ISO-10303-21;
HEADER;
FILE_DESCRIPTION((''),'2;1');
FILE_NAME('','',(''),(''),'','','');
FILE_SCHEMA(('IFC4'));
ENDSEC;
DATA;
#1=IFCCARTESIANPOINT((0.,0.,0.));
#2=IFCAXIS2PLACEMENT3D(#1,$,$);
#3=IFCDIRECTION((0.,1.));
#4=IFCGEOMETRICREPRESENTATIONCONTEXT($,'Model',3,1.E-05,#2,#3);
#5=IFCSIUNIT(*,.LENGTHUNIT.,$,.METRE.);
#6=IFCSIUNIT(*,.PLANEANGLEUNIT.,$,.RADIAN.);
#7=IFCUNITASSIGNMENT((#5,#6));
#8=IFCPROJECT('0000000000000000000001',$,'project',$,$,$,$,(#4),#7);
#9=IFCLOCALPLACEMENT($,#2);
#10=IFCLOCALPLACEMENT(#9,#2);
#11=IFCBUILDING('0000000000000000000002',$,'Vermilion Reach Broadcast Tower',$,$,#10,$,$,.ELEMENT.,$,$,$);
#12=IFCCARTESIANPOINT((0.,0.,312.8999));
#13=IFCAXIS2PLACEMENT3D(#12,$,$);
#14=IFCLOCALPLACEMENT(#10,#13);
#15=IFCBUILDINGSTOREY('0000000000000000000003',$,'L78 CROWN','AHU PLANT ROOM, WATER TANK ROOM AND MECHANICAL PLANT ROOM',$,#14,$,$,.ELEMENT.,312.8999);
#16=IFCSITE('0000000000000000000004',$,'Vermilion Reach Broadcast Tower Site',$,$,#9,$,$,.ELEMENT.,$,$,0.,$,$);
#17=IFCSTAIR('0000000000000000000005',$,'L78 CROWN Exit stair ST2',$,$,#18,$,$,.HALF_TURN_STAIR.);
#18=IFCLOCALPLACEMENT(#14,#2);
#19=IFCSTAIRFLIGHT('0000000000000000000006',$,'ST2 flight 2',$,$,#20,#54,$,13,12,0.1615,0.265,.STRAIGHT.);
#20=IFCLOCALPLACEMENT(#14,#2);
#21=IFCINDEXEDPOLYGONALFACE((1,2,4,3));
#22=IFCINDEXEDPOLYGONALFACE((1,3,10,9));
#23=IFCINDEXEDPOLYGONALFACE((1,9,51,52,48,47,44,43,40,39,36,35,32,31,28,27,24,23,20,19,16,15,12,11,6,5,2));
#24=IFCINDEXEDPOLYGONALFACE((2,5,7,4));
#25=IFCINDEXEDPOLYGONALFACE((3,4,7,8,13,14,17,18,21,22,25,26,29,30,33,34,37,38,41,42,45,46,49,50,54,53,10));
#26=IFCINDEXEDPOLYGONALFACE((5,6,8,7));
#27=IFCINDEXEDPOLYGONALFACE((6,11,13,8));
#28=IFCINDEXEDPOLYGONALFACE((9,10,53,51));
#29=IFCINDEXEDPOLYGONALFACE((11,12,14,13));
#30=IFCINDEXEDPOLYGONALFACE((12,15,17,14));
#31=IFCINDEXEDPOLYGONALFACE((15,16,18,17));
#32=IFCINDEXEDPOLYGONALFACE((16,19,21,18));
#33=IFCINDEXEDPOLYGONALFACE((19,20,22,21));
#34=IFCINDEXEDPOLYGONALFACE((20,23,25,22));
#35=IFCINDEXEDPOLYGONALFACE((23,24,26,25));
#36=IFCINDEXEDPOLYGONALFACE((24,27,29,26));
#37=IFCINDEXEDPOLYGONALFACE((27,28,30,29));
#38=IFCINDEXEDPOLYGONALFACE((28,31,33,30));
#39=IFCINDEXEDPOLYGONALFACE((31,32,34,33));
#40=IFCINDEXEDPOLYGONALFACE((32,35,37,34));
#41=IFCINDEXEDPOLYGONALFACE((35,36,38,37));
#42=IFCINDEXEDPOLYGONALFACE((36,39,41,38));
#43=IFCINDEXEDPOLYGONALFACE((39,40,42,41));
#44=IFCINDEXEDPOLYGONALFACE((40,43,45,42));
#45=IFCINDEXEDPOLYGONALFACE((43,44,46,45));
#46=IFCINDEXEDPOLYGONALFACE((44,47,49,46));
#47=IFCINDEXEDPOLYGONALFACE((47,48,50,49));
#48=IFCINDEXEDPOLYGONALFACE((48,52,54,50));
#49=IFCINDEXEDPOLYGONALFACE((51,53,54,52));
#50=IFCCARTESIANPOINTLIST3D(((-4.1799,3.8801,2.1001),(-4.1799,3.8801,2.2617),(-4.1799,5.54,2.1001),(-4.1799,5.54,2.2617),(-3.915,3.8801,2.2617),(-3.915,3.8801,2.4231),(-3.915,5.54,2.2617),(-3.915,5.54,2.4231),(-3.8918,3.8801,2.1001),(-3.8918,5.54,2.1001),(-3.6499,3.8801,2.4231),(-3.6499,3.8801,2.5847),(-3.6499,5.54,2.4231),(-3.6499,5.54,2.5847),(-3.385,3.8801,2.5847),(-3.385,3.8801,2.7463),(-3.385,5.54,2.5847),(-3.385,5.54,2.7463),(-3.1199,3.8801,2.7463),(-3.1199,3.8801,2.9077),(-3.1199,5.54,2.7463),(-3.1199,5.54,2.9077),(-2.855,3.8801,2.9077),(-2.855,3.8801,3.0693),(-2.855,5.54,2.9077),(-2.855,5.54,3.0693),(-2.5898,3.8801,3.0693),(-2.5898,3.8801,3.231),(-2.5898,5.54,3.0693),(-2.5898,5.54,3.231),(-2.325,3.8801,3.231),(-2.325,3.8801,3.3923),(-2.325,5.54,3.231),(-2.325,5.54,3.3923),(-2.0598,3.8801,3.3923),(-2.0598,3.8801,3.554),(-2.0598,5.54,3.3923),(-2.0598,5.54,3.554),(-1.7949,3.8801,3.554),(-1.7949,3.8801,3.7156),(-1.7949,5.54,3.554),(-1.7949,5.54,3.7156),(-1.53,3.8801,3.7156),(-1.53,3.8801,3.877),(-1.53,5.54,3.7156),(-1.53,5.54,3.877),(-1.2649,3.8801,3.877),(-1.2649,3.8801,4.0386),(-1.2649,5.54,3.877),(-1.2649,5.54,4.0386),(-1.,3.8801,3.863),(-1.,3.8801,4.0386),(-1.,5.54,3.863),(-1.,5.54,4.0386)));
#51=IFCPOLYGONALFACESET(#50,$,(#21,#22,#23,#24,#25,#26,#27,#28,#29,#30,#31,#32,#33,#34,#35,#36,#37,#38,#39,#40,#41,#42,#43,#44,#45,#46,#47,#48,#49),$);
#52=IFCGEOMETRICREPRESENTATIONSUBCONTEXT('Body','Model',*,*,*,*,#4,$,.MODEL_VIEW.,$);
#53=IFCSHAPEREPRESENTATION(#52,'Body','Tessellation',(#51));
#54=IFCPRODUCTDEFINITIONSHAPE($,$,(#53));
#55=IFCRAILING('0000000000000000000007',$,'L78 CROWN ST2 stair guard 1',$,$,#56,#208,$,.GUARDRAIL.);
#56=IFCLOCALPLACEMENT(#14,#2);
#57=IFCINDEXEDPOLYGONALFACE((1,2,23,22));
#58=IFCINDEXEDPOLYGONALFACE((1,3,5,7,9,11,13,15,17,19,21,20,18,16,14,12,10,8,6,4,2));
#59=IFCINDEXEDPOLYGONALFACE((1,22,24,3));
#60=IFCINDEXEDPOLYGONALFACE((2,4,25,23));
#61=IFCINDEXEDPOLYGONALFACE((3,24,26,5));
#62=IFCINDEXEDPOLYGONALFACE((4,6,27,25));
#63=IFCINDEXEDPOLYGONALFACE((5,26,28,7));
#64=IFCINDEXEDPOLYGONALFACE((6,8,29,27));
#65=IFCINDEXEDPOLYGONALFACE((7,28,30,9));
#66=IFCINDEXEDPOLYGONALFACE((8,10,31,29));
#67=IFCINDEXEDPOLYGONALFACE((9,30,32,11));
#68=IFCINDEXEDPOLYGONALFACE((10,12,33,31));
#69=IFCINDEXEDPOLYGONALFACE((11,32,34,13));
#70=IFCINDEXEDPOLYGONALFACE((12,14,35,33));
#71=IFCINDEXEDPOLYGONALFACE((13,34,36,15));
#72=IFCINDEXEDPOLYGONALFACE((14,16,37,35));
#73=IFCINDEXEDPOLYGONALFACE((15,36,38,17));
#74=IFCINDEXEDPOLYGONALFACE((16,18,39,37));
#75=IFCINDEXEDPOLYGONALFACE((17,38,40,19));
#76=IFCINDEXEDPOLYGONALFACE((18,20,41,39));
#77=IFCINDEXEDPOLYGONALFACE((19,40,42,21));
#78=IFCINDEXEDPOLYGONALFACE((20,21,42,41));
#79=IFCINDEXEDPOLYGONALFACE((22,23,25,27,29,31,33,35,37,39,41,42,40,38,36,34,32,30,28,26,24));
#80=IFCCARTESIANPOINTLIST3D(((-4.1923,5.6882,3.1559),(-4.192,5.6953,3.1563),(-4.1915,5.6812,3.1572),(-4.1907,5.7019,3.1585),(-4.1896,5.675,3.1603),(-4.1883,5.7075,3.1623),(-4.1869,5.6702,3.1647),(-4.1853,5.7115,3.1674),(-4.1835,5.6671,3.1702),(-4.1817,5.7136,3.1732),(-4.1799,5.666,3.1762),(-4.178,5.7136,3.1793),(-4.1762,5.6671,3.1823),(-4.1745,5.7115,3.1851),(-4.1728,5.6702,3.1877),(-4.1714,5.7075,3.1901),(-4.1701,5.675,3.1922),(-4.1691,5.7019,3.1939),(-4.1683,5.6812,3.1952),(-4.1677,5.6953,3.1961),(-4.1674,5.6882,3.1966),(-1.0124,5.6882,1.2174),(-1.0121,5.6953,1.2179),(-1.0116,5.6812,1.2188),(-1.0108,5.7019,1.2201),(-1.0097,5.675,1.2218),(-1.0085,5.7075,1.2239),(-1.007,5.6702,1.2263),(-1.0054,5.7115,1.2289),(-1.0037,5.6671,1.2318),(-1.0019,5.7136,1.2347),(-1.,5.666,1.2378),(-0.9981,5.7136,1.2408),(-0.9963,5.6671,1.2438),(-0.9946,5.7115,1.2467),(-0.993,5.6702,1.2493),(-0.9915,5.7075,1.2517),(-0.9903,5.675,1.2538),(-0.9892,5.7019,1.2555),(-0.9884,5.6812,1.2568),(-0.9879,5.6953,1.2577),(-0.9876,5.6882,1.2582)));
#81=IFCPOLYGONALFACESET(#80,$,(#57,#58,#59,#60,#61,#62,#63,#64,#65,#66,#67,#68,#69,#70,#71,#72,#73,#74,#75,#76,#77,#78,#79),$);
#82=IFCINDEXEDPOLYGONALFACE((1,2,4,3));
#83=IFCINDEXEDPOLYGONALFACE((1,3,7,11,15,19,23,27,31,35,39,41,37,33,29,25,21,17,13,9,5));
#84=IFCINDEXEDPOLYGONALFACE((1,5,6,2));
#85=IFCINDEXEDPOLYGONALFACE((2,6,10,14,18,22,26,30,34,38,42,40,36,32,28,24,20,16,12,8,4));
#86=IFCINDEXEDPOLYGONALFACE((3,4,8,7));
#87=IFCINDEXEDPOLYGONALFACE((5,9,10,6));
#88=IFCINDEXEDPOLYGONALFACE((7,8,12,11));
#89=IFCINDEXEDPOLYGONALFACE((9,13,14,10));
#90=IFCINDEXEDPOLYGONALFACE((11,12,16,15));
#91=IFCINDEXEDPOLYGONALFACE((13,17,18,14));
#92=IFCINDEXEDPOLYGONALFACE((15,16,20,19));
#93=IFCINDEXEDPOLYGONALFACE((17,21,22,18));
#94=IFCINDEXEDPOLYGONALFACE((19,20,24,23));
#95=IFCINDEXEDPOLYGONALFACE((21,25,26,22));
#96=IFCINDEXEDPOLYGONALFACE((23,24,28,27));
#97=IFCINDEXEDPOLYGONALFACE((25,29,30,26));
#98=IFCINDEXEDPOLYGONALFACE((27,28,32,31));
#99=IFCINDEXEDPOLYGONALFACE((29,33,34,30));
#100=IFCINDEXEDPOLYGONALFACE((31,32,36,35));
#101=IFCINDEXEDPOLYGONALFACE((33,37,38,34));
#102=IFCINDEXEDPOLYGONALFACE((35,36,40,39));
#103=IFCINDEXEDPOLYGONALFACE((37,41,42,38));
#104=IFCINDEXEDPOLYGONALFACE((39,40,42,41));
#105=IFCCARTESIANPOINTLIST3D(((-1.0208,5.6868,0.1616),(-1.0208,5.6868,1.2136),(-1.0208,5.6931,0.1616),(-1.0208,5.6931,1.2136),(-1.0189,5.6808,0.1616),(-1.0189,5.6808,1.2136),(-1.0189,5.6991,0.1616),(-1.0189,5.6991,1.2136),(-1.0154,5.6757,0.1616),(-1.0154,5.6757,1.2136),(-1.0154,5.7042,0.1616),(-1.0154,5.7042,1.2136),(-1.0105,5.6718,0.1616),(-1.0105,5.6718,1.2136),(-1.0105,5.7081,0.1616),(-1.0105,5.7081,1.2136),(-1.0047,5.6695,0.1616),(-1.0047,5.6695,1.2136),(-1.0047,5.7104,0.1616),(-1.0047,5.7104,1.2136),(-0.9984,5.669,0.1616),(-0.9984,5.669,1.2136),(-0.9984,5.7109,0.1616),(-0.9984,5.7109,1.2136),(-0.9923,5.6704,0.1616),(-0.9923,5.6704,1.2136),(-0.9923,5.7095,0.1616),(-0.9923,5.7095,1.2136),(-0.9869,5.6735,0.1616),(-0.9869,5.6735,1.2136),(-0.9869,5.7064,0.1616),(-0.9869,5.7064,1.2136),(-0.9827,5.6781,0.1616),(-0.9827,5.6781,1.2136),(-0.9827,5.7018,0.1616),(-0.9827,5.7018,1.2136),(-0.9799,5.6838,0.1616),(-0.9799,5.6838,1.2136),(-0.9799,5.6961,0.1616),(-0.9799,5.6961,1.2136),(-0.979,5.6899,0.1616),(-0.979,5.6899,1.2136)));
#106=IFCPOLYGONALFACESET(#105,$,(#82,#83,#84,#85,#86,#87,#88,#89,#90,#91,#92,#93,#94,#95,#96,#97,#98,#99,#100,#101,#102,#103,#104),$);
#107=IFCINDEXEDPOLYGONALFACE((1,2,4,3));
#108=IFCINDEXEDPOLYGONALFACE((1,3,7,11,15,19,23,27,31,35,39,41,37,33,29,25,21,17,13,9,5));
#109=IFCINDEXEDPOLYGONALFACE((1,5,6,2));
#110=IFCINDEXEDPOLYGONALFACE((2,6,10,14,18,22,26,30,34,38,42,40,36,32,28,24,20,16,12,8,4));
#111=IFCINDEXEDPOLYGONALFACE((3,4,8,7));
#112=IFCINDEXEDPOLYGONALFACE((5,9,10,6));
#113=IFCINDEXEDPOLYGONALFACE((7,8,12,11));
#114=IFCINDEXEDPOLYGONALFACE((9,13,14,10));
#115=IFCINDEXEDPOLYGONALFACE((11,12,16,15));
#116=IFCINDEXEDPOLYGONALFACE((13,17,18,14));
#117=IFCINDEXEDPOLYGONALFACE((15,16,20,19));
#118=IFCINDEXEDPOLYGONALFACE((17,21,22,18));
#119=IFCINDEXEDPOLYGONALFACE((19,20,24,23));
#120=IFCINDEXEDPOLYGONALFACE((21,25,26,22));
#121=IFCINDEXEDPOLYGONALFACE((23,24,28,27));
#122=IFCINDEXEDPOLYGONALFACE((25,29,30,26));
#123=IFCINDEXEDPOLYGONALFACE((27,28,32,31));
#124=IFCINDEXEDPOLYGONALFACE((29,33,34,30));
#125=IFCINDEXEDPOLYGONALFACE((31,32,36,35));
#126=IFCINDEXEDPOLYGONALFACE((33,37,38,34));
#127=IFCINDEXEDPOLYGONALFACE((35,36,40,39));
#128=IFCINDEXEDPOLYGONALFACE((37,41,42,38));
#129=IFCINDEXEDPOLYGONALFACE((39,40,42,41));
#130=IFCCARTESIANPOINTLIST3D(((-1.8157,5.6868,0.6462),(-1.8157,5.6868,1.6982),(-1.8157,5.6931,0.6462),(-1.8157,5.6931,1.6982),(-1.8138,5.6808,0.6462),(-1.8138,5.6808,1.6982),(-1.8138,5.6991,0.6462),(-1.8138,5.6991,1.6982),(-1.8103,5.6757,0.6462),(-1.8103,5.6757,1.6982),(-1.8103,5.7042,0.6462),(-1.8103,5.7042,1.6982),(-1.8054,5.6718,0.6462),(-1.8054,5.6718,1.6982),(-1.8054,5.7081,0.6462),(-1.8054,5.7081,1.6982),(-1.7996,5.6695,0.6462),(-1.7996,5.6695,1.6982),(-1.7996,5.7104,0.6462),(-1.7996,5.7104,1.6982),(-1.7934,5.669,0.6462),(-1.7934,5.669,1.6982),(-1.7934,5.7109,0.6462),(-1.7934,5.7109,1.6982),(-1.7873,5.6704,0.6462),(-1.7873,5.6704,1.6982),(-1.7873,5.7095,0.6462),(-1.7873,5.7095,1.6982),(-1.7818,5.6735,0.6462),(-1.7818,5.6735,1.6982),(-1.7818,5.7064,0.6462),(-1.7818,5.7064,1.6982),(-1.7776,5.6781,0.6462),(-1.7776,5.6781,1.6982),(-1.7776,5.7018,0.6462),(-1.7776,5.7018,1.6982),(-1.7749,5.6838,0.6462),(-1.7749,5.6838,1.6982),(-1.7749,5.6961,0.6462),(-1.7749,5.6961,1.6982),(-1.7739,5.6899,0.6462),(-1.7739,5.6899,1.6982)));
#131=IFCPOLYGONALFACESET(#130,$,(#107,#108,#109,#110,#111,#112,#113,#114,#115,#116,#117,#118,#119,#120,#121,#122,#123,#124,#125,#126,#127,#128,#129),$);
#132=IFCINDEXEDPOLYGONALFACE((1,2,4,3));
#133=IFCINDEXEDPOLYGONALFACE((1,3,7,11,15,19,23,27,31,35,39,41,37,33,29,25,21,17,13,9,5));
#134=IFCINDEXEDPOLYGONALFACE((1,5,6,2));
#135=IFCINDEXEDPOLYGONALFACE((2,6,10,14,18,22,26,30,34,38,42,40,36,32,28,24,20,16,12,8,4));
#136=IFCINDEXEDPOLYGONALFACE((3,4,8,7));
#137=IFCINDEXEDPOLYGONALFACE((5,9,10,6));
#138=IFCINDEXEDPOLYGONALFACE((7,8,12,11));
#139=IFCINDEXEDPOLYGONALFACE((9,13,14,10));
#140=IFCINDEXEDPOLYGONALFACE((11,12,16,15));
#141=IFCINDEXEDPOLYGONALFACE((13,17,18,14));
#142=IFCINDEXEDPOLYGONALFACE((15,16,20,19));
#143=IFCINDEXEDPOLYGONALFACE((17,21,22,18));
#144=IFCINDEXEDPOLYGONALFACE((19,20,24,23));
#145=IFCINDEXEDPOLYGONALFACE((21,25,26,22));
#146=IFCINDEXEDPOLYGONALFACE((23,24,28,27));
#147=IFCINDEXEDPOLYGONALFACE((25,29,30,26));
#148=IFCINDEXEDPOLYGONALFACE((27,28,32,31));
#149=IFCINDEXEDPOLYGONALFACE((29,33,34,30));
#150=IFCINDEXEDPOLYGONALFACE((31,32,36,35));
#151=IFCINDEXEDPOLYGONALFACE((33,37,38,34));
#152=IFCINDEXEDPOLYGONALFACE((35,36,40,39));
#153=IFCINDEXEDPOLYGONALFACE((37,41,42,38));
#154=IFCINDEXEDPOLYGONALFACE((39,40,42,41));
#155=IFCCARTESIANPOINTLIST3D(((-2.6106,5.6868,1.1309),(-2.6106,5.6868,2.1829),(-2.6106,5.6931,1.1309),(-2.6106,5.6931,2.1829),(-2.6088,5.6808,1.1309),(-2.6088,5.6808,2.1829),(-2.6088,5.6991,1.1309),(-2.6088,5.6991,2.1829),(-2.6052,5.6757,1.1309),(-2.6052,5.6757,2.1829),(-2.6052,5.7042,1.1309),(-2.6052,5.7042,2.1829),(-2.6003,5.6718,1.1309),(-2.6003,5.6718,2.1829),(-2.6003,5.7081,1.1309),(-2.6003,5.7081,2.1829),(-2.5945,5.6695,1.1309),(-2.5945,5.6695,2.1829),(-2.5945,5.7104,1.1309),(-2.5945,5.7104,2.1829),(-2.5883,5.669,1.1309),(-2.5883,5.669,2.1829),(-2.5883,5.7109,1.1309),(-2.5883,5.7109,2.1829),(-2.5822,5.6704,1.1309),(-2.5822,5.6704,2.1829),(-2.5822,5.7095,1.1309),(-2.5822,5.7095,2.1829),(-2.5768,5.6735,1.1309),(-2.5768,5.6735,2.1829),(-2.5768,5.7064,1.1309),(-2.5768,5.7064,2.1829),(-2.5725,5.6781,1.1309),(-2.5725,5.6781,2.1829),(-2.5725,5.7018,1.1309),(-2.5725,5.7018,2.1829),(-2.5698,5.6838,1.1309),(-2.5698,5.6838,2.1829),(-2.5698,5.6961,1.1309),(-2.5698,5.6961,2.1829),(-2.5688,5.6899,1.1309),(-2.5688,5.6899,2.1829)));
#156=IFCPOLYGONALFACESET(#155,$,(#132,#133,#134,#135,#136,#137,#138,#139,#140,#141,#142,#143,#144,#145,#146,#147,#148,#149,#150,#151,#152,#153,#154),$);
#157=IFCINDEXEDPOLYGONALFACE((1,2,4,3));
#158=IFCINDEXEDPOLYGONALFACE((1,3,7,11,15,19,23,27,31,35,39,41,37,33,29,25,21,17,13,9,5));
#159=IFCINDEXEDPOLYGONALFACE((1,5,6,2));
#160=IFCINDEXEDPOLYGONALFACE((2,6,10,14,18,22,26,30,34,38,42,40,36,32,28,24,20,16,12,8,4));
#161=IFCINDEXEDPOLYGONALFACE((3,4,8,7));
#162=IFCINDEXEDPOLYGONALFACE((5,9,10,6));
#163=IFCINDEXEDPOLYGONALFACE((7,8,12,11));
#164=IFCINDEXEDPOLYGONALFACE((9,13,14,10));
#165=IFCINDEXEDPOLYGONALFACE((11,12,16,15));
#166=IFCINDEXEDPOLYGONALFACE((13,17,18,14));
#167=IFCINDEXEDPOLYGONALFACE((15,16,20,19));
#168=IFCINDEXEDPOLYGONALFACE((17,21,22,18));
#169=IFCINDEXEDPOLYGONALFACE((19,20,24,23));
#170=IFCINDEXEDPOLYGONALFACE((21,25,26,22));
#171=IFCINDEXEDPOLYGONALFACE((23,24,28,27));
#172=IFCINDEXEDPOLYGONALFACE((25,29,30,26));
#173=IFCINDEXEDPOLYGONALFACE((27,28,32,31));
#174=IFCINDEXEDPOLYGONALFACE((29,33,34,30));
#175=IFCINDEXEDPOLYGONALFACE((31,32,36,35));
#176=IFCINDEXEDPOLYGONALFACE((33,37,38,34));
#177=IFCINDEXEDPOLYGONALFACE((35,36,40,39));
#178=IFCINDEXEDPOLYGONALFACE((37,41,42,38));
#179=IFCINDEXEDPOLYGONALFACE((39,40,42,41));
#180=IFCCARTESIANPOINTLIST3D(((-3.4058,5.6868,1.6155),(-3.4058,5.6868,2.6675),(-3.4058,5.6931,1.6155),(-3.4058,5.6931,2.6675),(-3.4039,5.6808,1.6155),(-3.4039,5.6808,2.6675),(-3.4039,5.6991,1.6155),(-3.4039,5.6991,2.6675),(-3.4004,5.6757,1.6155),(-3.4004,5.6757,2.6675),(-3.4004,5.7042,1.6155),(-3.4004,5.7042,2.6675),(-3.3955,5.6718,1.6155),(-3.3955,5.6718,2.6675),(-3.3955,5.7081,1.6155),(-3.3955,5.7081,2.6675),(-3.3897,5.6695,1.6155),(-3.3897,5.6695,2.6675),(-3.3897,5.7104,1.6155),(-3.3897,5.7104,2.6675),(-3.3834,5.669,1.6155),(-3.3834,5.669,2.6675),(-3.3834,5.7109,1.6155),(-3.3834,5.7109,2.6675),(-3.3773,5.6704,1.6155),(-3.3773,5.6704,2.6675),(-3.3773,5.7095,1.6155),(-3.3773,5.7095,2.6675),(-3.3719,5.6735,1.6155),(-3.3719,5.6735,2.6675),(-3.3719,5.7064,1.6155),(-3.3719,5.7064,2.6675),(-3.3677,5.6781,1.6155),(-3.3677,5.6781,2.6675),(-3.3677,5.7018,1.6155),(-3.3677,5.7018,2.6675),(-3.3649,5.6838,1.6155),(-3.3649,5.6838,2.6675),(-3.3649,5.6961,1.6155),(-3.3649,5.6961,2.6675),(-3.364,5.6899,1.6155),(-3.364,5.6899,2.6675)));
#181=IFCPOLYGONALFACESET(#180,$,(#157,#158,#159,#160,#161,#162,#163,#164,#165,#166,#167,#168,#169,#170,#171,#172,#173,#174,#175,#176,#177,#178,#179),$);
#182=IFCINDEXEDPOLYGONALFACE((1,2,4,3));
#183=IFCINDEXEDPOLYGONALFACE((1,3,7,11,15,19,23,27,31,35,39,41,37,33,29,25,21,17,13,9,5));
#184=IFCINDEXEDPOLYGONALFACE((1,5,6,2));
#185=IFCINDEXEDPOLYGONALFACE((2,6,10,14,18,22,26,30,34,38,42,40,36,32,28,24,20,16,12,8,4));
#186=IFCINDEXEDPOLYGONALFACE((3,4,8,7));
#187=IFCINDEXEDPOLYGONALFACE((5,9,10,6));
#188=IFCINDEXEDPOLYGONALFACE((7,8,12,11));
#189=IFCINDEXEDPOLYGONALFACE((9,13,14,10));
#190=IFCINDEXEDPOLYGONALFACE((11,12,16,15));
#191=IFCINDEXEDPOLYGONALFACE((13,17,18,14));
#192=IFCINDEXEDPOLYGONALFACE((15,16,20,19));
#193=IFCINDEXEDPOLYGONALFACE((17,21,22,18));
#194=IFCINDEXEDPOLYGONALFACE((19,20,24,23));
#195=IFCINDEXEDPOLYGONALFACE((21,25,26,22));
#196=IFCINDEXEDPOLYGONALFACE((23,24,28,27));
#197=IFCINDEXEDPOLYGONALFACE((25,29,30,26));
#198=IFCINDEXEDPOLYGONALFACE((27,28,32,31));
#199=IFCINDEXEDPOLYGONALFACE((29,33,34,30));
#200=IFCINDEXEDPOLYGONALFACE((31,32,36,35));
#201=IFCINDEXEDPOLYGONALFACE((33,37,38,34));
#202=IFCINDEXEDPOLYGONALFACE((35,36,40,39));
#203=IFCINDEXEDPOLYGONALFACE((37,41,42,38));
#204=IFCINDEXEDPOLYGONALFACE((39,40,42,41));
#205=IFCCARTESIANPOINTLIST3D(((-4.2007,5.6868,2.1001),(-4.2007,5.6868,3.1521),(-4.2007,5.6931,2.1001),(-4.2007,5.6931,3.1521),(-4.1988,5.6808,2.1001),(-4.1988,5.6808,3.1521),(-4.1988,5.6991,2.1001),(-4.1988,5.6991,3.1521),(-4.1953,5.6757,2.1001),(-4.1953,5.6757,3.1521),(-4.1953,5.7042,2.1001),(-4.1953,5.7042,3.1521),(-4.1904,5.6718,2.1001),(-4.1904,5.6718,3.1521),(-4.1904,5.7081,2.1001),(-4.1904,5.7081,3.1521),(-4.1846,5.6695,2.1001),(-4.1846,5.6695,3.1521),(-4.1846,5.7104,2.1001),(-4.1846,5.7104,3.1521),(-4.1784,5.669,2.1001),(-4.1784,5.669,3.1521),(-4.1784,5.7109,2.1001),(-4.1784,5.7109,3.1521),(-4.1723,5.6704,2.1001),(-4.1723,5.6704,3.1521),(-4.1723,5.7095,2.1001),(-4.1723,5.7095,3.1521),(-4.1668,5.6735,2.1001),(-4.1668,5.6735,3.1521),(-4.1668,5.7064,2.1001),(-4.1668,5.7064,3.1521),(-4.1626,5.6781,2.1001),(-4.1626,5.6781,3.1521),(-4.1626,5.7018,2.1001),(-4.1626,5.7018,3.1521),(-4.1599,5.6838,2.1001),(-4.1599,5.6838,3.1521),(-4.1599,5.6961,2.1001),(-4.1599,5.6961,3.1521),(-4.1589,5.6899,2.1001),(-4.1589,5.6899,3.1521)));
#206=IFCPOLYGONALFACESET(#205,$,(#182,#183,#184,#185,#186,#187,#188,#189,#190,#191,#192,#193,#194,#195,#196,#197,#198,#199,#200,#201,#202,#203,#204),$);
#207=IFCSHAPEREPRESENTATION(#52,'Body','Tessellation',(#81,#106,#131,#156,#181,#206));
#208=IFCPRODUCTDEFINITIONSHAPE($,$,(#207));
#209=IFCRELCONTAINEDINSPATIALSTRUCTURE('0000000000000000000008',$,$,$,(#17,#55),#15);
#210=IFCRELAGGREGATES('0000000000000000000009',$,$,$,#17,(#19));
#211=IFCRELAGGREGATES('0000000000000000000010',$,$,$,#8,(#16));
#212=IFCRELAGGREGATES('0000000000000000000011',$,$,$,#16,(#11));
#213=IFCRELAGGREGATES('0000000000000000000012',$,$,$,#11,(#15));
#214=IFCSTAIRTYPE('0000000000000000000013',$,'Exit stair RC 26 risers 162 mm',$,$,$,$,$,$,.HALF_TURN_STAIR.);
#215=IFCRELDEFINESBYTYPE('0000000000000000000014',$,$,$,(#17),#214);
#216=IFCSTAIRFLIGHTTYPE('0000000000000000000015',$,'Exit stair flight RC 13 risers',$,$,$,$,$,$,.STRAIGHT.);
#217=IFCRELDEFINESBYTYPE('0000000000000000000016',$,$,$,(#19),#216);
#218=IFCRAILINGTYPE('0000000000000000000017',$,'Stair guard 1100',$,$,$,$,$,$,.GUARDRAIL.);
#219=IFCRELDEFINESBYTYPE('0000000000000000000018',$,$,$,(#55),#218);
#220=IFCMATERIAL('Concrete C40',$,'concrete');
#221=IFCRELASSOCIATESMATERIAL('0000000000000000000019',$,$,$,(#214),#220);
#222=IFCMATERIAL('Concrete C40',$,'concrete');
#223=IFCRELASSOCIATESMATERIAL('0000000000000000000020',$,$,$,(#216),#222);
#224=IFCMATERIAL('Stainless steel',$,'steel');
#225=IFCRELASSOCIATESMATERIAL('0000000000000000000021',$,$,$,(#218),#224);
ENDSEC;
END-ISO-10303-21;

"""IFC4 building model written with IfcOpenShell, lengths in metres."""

from ifc_helpers import new_model, si_unit, direction, frame, origin, origin_2d, place, context, subcontext, project, spatial, polyline, circle, outline, extrude, material, type_object, element, aggregate, save


model = new_model("IFC4")

# Units and contexts
model_context = context("Model", 3, precision=1e-05, world=origin(), true_north=direction((0.0, 1.0)))
body_context = subcontext(model_context, "Body", "Model", "MODEL_VIEW")
ifc_project = project(units=[si_unit("LENGTHUNIT", "METRE"), si_unit("PLANEANGLEUNIT", "RADIAN")], contexts=[model_context])

# Site, building, storey
site_placement = place(None, origin())
site = spatial("IfcSite", under=ifc_project, at=site_placement, Name="Vermilion Reach Broadcast Tower Site", CompositionType="ELEMENT", RefElevation=0.0)
building_placement = place(site_placement, origin())
building = spatial("IfcBuilding", under=site, at=building_placement, Name="Vermilion Reach Broadcast Tower", CompositionType="ELEMENT")
storey_placement = place(building_placement, frame((0.0, 0.0, 312.8999)))
storey = spatial("IfcBuildingStorey", under=building, at=storey_placement, Name="L78 CROWN", Description="AHU PLANT ROOM, WATER TANK ROOM AND MECHANICAL PLANT ROOM", CompositionType="ELEMENT", Elevation=312.8999)

# Stair
ifc_material_1 = material(Name="Concrete C40", Category="concrete")
stair_type = type_object("IfcStairType", Name="Exit stair RC 26 risers 162 mm", PredefinedType="HALF_TURN_STAIR", material=ifc_material_1)
placement_1 = place(storey_placement, origin())
stair_1 = element("IfcStair", 1, at=placement_1, inside=storey, type_object=stair_type, Name="L78 CROWN Exit stair ST2", PredefinedType="HALF_TURN_STAIR")

# Stair flight
ifc_material_2 = material(Name="Concrete C40", Category="concrete")
stair_flight_type = type_object("IfcStairFlightType", Name="Exit stair flight RC 13 risers", PredefinedType="STRAIGHT", material=ifc_material_2)
stair_flight_1_placement = place(storey_placement, frame((-4.1799, 4.71, 2.1001), z_axis=(0.0, 0.0, 1.0), x_axis=(1.0, 0.0, 0.0)))
stair_flight_1 = element("IfcStairFlight", 2, at=stair_flight_1_placement, type_object=stair_flight_type, Name="ST2 flight 2", NumberOfRisers=13, NumberOfTreads=12, PredefinedType="STRAIGHT", RiserHeight=0.1615, TreadLength=0.265, context=body_context, shape_type="SweptSolid", body=[
    extrude(outline(polyline([(0.0, 0.0), (0.0, 0.1616), (0.2649, 0.1616), (0.2649, 0.323), (0.53, 0.323), (0.53, 0.4846), (0.7949, 0.4846), (0.7949, 0.6462), (1.0601, 0.6462), (1.0601, 0.8076), (1.325, 0.8076), (1.325, 0.9692), (1.5901, 0.9692), (1.5901, 1.1309), (1.855, 1.1309), (1.855, 1.2922), (2.1201, 1.2922), (2.1201, 1.4539), (2.385, 1.4539), (2.385, 1.6155), (2.6499, 1.6155), (2.6499, 1.7769), (2.915, 1.7769), (2.915, 1.9385), (3.1799, 1.9385), (3.1799, 2.1001), (3.1799, 1.7629), (0.2881, 0.0), (0.0, 0.0)])), frame((0.0, 0.8301, 0.0), z_axis=(0.0, -1.0, 0.0), x_axis=(1.0, 0.0, 0.0)), (0.0, 0.0, 1.0), 1.6599),
])
aggregate(stair_1, [stair_flight_1])

# Railing
ifc_material_3 = material(Name="Stainless steel", Category="steel")
railing_type_1 = type_object("IfcRailingType", Name="Stair guard 1100", PredefinedType="GUARDRAIL", material=ifc_material_3)
railing_1_placement = place(storey_placement, frame((-1.0, 5.6899, 0.1616)))
element("IfcRailing", 3, at=railing_1_placement, inside=storey, type_object=railing_type_1, Name="L78 CROWN ST2 stair guard 1", PredefinedType="GUARDRAIL", context=body_context, shape_type="SweptSolid", body=[
    extrude(circle(Radius=0.0239, at=origin_2d()), frame((0.0, 0.0, 1.0762), z_axis=(-0.853857, 0.0, 0.520508), x_axis=(0.0, -1.0, 0.0)), (0.0, 0.0, 1.0), 3.7241),
    extrude(circle(Radius=0.021, at=origin_2d()), origin(), (0.0, 0.0, 1.0), 1.052),
    extrude(circle(Radius=0.021, at=origin_2d()), frame((-0.7949, 0.0, 0.4846)), (0.0, 0.0, 1.0), 1.052),
    extrude(circle(Radius=0.021, at=origin_2d()), frame((-1.5898, 0.0, 0.9692)), (0.0, 0.0, 1.0), 1.052),
    extrude(circle(Radius=0.021, at=origin_2d()), frame((-2.385, 0.0, 1.4539)), (0.0, 0.0, 1.0), 1.052),
    extrude(circle(Radius=0.021, at=origin_2d()), frame((-3.1799, 0.0, 1.9385)), (0.0, 0.0, 1.0), 1.052),
])

save(model, "model.ifc")
